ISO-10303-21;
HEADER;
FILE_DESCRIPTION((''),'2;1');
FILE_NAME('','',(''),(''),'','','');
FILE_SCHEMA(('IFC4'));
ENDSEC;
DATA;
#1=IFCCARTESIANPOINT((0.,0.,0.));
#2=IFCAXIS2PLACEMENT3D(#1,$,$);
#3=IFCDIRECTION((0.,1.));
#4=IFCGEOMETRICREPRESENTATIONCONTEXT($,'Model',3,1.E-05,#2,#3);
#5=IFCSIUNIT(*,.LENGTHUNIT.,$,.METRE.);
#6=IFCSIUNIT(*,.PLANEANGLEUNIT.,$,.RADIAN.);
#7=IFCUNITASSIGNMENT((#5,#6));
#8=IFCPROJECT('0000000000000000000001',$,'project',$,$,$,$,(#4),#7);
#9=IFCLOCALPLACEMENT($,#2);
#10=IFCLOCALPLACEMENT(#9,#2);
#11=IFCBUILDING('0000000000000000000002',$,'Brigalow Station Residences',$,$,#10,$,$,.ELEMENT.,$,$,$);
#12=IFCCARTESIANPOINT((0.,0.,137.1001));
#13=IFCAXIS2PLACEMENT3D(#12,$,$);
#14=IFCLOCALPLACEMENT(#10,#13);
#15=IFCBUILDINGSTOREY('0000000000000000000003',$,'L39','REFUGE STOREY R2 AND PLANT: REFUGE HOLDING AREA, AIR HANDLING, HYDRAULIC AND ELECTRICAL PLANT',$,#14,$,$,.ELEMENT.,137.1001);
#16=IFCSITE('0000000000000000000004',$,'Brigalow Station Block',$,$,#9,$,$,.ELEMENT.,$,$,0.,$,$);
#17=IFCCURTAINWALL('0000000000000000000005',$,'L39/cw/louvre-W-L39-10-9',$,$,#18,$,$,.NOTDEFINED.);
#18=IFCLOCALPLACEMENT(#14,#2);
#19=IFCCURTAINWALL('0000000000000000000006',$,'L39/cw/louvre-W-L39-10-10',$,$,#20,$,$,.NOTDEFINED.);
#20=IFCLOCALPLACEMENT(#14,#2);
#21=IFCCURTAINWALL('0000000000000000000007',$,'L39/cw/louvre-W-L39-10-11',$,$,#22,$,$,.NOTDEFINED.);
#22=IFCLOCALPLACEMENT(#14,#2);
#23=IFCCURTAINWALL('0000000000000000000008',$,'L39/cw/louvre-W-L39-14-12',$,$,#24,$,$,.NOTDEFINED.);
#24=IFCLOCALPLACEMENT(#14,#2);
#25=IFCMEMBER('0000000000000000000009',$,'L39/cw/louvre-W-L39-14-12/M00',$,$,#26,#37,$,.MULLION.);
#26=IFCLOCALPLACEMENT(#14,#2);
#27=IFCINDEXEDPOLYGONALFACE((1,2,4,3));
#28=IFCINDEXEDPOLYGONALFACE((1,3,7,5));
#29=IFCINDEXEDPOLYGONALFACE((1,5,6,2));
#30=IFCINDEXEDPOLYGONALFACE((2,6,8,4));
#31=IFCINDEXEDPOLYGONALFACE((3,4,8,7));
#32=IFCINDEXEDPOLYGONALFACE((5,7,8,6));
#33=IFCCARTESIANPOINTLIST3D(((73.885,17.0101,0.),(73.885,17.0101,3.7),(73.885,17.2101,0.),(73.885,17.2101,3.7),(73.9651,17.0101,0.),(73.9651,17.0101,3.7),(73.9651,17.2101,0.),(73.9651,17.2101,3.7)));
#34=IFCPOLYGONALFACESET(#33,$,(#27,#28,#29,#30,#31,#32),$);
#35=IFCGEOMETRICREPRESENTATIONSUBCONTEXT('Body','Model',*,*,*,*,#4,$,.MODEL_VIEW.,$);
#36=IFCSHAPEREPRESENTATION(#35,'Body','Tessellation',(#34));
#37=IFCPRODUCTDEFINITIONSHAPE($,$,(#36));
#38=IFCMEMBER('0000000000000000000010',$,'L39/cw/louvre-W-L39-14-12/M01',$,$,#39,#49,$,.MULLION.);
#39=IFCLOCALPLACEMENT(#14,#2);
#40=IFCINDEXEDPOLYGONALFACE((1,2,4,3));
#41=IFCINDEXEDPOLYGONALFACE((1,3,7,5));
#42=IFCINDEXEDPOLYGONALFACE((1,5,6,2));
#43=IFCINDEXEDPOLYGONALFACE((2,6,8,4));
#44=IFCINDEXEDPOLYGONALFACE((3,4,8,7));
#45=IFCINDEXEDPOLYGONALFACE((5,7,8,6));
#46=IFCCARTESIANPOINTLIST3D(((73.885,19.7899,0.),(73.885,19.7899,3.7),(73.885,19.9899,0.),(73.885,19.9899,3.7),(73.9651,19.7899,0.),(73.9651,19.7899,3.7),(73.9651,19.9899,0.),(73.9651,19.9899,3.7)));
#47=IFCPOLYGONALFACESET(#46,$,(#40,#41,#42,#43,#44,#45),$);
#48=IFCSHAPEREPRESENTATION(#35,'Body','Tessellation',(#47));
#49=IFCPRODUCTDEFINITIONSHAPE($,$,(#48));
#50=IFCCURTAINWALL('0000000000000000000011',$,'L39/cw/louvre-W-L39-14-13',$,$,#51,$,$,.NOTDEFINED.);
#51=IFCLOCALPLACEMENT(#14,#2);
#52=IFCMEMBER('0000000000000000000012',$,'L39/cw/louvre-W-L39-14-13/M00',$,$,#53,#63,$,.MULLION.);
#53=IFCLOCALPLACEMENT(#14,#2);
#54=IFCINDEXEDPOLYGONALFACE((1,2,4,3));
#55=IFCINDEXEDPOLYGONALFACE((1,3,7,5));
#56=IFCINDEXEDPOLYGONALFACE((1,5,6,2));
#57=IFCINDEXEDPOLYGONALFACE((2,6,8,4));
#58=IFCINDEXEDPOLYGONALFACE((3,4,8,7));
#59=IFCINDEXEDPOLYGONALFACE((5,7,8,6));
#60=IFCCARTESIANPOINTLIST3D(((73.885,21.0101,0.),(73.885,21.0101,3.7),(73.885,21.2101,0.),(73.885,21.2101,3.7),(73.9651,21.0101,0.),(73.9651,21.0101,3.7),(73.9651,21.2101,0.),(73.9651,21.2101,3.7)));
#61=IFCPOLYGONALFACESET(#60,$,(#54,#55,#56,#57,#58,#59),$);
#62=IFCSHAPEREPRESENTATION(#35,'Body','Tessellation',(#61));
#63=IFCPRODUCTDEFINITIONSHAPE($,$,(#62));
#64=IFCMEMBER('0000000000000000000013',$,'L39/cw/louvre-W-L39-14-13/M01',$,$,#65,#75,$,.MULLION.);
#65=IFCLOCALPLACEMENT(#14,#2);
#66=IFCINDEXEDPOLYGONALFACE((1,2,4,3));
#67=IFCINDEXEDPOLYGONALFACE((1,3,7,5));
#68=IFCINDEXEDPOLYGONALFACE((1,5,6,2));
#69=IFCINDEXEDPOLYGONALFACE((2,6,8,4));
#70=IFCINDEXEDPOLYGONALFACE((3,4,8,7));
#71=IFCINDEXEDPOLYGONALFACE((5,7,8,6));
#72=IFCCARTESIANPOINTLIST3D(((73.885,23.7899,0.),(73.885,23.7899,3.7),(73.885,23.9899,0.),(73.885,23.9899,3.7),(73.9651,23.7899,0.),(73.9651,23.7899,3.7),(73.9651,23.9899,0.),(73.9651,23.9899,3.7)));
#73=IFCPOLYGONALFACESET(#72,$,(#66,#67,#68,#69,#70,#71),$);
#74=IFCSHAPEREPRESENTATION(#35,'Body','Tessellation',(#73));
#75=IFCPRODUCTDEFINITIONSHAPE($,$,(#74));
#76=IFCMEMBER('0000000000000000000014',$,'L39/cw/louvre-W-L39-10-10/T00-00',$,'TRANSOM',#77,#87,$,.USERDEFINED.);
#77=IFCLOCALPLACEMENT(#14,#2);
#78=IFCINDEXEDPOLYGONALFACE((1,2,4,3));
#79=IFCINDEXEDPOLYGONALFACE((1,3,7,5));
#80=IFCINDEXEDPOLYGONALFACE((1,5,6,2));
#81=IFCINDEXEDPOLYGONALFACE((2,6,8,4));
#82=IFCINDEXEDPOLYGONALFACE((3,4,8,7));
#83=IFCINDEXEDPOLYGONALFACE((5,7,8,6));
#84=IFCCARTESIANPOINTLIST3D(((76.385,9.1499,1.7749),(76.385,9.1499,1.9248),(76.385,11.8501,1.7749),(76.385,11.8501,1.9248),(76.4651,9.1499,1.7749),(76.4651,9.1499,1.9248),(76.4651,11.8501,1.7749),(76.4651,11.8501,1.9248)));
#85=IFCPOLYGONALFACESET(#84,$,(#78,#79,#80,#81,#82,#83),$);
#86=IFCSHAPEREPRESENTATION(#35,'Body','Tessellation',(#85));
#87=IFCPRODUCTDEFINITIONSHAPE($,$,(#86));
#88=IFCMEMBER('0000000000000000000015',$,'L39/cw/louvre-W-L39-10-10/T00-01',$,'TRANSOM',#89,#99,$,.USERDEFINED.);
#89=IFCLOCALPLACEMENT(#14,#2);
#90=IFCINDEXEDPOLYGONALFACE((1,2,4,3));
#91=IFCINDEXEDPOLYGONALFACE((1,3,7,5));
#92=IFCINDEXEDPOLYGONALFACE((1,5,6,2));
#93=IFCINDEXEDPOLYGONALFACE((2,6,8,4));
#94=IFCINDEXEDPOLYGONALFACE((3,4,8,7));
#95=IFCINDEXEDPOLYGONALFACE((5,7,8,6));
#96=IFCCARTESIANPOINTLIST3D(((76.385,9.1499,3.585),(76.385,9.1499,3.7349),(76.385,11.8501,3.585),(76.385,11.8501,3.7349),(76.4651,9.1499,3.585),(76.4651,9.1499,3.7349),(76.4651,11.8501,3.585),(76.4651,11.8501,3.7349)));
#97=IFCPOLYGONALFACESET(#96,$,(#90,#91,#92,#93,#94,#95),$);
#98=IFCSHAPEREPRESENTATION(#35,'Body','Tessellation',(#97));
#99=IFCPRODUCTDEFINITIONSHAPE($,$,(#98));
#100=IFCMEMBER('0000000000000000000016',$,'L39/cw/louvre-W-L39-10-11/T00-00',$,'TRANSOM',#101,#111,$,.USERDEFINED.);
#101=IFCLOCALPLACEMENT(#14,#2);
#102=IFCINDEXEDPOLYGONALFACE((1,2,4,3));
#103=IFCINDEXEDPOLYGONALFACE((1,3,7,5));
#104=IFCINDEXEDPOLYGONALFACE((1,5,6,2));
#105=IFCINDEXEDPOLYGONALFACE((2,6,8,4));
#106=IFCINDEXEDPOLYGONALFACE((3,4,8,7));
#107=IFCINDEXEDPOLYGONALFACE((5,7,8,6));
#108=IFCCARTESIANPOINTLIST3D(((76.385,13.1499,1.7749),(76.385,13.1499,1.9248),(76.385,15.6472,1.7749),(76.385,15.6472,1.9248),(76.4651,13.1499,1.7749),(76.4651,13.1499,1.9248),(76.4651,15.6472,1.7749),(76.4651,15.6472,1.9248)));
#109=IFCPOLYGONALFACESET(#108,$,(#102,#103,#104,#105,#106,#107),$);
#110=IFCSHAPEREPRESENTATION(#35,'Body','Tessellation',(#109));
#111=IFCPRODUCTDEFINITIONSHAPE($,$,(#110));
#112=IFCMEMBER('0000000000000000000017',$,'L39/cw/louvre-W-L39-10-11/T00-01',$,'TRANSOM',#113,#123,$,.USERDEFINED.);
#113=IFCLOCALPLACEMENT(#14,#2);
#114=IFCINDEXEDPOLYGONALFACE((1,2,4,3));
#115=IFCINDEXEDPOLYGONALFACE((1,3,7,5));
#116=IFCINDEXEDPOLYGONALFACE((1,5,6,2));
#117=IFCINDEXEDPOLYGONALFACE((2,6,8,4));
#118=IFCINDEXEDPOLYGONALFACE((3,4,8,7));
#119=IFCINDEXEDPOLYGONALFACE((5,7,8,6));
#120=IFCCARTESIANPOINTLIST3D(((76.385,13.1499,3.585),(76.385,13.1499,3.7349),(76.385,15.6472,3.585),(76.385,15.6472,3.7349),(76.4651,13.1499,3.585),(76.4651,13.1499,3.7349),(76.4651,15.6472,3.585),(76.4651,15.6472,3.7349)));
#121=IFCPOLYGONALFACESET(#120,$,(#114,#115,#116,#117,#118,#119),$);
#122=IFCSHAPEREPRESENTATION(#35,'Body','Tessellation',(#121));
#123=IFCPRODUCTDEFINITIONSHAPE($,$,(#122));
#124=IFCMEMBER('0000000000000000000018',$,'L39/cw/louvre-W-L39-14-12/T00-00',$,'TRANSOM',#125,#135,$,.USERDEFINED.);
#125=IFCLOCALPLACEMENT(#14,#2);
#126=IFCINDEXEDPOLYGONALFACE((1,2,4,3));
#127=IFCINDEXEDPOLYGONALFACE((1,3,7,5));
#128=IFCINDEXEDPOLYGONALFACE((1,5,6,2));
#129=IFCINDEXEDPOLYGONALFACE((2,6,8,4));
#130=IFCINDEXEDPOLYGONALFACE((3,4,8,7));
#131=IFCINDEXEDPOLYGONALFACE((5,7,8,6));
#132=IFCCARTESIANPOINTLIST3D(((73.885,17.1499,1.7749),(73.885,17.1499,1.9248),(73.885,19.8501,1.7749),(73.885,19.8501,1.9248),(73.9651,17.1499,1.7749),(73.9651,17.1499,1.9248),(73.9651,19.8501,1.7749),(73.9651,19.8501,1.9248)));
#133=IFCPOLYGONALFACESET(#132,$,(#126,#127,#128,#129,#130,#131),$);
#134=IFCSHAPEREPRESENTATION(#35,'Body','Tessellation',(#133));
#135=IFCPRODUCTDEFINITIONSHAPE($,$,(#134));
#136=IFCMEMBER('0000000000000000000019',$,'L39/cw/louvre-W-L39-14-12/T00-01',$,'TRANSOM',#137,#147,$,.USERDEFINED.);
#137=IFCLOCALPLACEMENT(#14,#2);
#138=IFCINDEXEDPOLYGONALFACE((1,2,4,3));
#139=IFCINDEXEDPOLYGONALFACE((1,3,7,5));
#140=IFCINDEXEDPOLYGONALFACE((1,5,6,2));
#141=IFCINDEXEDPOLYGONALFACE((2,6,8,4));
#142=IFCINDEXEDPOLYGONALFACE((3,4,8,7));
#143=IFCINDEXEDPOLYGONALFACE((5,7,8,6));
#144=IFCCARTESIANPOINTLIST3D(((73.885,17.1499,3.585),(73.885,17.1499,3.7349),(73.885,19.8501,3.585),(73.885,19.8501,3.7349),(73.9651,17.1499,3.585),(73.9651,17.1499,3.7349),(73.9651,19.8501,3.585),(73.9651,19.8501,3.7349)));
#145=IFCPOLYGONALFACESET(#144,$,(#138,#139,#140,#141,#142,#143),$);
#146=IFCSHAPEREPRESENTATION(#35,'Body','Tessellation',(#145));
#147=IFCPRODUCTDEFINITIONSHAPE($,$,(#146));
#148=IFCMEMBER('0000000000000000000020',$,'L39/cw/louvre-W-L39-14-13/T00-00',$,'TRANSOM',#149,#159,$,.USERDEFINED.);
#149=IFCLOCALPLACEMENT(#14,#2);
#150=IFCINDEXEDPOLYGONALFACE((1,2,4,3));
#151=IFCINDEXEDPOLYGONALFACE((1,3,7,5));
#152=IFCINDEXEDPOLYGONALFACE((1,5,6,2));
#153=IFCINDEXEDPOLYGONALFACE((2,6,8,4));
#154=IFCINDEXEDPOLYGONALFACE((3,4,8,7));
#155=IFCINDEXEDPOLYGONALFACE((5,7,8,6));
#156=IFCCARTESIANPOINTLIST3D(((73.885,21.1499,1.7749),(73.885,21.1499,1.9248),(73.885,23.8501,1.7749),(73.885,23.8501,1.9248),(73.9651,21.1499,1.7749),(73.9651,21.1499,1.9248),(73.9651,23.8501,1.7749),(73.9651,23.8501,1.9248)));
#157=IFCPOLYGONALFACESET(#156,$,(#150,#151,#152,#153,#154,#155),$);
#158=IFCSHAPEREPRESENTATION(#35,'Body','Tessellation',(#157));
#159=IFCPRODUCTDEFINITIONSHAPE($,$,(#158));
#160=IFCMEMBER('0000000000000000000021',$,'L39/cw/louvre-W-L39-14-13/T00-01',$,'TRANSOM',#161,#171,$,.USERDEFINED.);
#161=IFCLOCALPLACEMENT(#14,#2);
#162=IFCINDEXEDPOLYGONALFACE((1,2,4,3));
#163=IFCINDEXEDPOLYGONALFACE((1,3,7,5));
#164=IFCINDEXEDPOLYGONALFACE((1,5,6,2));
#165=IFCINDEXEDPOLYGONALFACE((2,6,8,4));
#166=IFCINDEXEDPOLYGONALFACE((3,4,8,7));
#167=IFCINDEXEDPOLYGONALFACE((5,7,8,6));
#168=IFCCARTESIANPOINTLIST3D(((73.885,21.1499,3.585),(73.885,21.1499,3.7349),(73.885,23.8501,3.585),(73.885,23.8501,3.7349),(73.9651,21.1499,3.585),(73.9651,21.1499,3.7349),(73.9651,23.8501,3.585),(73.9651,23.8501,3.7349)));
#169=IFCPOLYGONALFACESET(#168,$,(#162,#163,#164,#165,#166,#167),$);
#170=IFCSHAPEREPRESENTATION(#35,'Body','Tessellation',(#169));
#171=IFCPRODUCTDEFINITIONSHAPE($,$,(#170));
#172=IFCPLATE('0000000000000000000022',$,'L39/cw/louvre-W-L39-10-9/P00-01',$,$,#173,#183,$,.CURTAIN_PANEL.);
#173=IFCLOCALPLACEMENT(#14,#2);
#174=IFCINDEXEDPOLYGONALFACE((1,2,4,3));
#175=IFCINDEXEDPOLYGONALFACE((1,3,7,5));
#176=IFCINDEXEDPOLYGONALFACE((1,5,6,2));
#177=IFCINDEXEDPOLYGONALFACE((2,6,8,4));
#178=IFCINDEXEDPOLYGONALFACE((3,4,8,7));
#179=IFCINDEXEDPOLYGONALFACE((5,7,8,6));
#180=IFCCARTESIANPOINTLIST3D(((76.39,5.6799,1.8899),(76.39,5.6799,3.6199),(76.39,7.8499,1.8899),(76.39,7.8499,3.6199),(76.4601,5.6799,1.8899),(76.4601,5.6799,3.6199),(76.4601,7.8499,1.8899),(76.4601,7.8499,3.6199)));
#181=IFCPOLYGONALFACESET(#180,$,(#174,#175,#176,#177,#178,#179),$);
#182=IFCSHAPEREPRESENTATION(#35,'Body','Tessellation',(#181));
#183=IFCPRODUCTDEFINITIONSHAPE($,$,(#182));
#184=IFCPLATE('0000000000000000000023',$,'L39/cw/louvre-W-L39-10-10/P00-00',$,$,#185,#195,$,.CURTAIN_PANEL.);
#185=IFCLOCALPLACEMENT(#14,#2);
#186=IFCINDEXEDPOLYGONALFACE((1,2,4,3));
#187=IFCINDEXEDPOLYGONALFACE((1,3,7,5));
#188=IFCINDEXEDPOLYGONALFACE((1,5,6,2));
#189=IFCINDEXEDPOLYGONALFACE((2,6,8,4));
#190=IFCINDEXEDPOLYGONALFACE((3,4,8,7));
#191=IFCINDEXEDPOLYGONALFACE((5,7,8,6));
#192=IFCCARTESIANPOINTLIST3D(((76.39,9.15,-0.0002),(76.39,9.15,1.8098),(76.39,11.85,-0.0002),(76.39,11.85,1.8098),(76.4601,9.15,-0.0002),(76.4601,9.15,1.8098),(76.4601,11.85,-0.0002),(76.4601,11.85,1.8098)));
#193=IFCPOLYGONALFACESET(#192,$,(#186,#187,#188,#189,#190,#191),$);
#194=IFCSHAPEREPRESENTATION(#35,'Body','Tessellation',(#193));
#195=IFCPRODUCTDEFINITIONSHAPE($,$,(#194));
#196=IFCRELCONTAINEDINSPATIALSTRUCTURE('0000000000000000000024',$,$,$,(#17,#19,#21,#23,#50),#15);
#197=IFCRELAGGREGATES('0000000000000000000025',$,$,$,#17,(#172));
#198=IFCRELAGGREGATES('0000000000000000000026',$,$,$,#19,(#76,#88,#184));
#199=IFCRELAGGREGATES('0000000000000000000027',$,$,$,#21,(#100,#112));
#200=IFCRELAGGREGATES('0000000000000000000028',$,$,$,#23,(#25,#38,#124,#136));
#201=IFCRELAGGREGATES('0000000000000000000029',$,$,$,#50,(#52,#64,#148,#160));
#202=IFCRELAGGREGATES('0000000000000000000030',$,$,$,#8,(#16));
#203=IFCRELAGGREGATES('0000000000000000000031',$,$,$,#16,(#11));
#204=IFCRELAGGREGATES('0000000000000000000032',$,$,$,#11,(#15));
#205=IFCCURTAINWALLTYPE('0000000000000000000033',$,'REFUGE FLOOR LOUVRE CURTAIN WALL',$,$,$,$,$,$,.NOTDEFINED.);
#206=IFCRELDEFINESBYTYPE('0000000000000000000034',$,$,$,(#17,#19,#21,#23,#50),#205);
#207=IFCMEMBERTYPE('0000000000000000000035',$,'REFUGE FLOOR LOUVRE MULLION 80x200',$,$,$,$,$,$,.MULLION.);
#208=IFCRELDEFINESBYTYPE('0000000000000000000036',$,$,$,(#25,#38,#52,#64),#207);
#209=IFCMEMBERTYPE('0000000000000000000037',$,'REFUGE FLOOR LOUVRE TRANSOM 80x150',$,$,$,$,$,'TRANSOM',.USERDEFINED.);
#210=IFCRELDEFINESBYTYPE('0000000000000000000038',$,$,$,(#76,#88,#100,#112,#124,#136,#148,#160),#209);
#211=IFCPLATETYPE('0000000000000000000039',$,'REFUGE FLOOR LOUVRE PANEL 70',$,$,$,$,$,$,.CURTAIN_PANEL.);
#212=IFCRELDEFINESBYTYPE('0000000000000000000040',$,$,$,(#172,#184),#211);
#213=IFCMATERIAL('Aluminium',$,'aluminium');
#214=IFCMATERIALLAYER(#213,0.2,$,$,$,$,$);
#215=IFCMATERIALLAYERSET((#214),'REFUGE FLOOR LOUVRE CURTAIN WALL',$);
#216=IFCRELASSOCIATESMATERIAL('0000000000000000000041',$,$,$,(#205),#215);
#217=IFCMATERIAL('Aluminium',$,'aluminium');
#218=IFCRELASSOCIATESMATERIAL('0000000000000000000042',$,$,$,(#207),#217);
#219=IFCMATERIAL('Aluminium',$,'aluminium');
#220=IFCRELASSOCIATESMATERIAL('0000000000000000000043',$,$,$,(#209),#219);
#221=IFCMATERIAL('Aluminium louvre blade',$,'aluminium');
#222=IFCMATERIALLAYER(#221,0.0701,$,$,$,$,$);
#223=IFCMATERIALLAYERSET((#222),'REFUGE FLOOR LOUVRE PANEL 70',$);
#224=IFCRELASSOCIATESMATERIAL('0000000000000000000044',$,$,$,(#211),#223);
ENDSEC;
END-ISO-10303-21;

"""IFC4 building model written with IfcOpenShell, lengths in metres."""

from ifc_helpers import new_model, si_unit, direction, frame, origin, origin_2d, place, context, subcontext, project, spatial, rectangle, extrude, material, layer, layer_set, material_profile, profile_set, type_object, element, aggregate, save


model = new_model("IFC4")

# Units and contexts
model_context = context("Model", 3, precision=1e-05, world=origin(), true_north=direction((0.0, 1.0)))
body_context = subcontext(model_context, "Body", "Model", "MODEL_VIEW")
ifc_project = project(units=[si_unit("LENGTHUNIT", "METRE"), si_unit("PLANEANGLEUNIT", "RADIAN")], contexts=[model_context])

# Site, building, storey
site_placement = place(None, origin())
site = spatial("IfcSite", under=ifc_project, at=site_placement, Name="Brigalow Station Block", CompositionType="ELEMENT", RefElevation=0.0)
building_placement = place(site_placement, origin())
building = spatial("IfcBuilding", under=site, at=building_placement, Name="Brigalow Station Residences", CompositionType="ELEMENT")
storey_placement = place(building_placement, frame((0.0, 0.0, 137.1001)))
storey = spatial("IfcBuildingStorey", under=building, at=storey_placement, Name="L39", Description="REFUGE STOREY R2 AND PLANT: REFUGE HOLDING AREA, AIR HANDLING, HYDRAULIC AND ELECTRICAL PLANT", CompositionType="ELEMENT", Elevation=137.1001)

# Curtain wall
ifc_material_1 = material(Name="Aluminium", Category="aluminium")
ifc_layer_1 = layer(ifc_material_1, 0.2)
ifc_layer_set_1 = layer_set([ifc_layer_1], Name="REFUGE FLOOR LOUVRE CURTAIN WALL")
curtain_wall_type = type_object("IfcCurtainWallType", Name="REFUGE FLOOR LOUVRE CURTAIN WALL", PredefinedType="NOTDEFINED", material=ifc_layer_set_1)
curtain_wall_1_placement = place(storey_placement, origin())
curtain_wall_1 = element("IfcCurtainWall", 1, at=curtain_wall_1_placement, inside=storey, type_object=curtain_wall_type, Name="L39/cw/louvre-W-L39-10-9", PredefinedType="NOTDEFINED")
ifc_material_2 = material(Name="Aluminium", Category="aluminium")
ifc_material_profile_1 = material_profile(ifc_material_2, rectangle(XDim=0.0801, YDim=0.2, at=origin_2d()), Name="REFUGE FLOOR LOUVRE MULLION 80x200")
ifc_profile_set_1 = profile_set([ifc_material_profile_1], Name="Aluminium")
member_type_1 = type_object("IfcMemberType", Name="REFUGE FLOOR LOUVRE MULLION 80x200", PredefinedType="MULLION", material=ifc_profile_set_1)

# Curtain walls, members
curtain_wall_2_placement = place(storey_placement, origin())
curtain_wall_2 = element("IfcCurtainWall", 2, at=curtain_wall_2_placement, inside=storey, type_object=curtain_wall_type, Name="L39/cw/louvre-W-L39-10-10", PredefinedType="NOTDEFINED")
curtain_wall_3_placement = place(storey_placement, origin())
curtain_wall_3 = element("IfcCurtainWall", 3, at=curtain_wall_3_placement, inside=storey, type_object=curtain_wall_type, Name="L39/cw/louvre-W-L39-10-11", PredefinedType="NOTDEFINED")
curtain_wall_4_placement = place(storey_placement, origin())
curtain_wall_4 = element("IfcCurtainWall", 4, at=curtain_wall_4_placement, inside=storey, type_object=curtain_wall_type, Name="L39/cw/louvre-W-L39-14-12", PredefinedType="NOTDEFINED")
member_1_placement = place(storey_placement, frame((73.925, 17.1101, 0.0), z_axis=(0.0, 0.0, 1.0), x_axis=(-1.0, 0.0, 0.0)))
member_1 = element("IfcMember", 5, at=member_1_placement, type_object=member_type_1, Name="L39/cw/louvre-W-L39-14-12/M00", PredefinedType="MULLION", context=body_context, shape_type="SweptSolid", body=[
    extrude(rectangle(XDim=0.0801, YDim=0.2, at=origin_2d()), origin(), (0.0, 0.0, 1.0), 3.7),
])
member_2_placement = place(storey_placement, frame((73.925, 19.8899, 0.0), z_axis=(0.0, 0.0, 1.0), x_axis=(-1.0, 0.0, 0.0)))
member_2 = element("IfcMember", 6, at=member_2_placement, type_object=member_type_1, Name="L39/cw/louvre-W-L39-14-12/M01", PredefinedType="MULLION", context=body_context, shape_type="SweptSolid", body=[
    extrude(rectangle(XDim=0.0801, YDim=0.2, at=origin_2d()), origin(), (0.0, 0.0, 1.0), 3.7),
])
curtain_wall_5_placement = place(storey_placement, origin())
curtain_wall_5 = element("IfcCurtainWall", 7, at=curtain_wall_5_placement, inside=storey, type_object=curtain_wall_type, Name="L39/cw/louvre-W-L39-14-13", PredefinedType="NOTDEFINED")
member_3_placement = place(storey_placement, frame((73.925, 21.1101, 0.0), z_axis=(0.0, 0.0, 1.0), x_axis=(-1.0, 0.0, 0.0)))
member_3 = element("IfcMember", 8, at=member_3_placement, type_object=member_type_1, Name="L39/cw/louvre-W-L39-14-13/M00", PredefinedType="MULLION", context=body_context, shape_type="SweptSolid", body=[
    extrude(rectangle(XDim=0.0801, YDim=0.2, at=origin_2d()), origin(), (0.0, 0.0, 1.0), 3.7),
])
member_4_placement = place(storey_placement, frame((73.925, 23.8899, 0.0), z_axis=(0.0, 0.0, 1.0), x_axis=(-1.0, 0.0, 0.0)))
member_4 = element("IfcMember", 9, at=member_4_placement, type_object=member_type_1, Name="L39/cw/louvre-W-L39-14-13/M01", PredefinedType="MULLION", context=body_context, shape_type="SweptSolid", body=[
    extrude(rectangle(XDim=0.0801, YDim=0.2, at=origin_2d()), origin(), (0.0, 0.0, 1.0), 3.7),
])

# Members
ifc_material_3 = material(Name="Aluminium", Category="aluminium")
ifc_material_profile_2 = material_profile(ifc_material_3, rectangle(XDim=0.0801, YDim=0.1499, at=origin_2d()), Name="REFUGE FLOOR LOUVRE TRANSOM 80x150")
ifc_profile_set_2 = profile_set([ifc_material_profile_2], Name="Aluminium")
member_type_2 = type_object("IfcMemberType", Name="REFUGE FLOOR LOUVRE TRANSOM 80x150", ElementType="TRANSOM", PredefinedType="USERDEFINED", material=ifc_profile_set_2)
member_5_placement = place(storey_placement, frame((76.425, 9.1499, 1.8499), z_axis=(0.0, 1.0, 0.0), x_axis=(-1.0, 0.0, 0.0)))
member_5 = element("IfcMember", 10, at=member_5_placement, type_object=member_type_2, Name="L39/cw/louvre-W-L39-10-10/T00-00", ObjectType="TRANSOM", PredefinedType="USERDEFINED", context=body_context, shape_type="SweptSolid", body=[
    extrude(rectangle(XDim=0.0801, YDim=0.1499, at=origin_2d()), origin(), (0.0, 0.0, 1.0), 2.7002),
])
member_6_placement = place(storey_placement, frame((76.425, 9.1499, 3.6599), z_axis=(0.0, 1.0, 0.0), x_axis=(-1.0, 0.0, 0.0)))
member_6 = element("IfcMember", 11, at=member_6_placement, type_object=member_type_2, Name="L39/cw/louvre-W-L39-10-10/T00-01", ObjectType="TRANSOM", PredefinedType="USERDEFINED", context=body_context, shape_type="SweptSolid", body=[
    extrude(rectangle(XDim=0.0801, YDim=0.1499, at=origin_2d()), origin(), (0.0, 0.0, 1.0), 2.7002),
])
member_7_placement = place(storey_placement, frame((76.425, 13.1499, 1.8499), z_axis=(0.0, 1.0, 0.0), x_axis=(-1.0, 0.0, 0.0)))
member_7 = element("IfcMember", 12, at=member_7_placement, type_object=member_type_2, Name="L39/cw/louvre-W-L39-10-11/T00-00", ObjectType="TRANSOM", PredefinedType="USERDEFINED", context=body_context, shape_type="SweptSolid", body=[
    extrude(rectangle(XDim=0.0801, YDim=0.1499, at=origin_2d()), origin(), (0.0, 0.0, 1.0), 2.4973),
])
member_8_placement = place(storey_placement, frame((76.425, 13.1499, 3.6599), z_axis=(0.0, 1.0, 0.0), x_axis=(-1.0, 0.0, 0.0)))
member_8 = element("IfcMember", 13, at=member_8_placement, type_object=member_type_2, Name="L39/cw/louvre-W-L39-10-11/T00-01", ObjectType="TRANSOM", PredefinedType="USERDEFINED", context=body_context, shape_type="SweptSolid", body=[
    extrude(rectangle(XDim=0.0801, YDim=0.1499, at=origin_2d()), origin(), (0.0, 0.0, 1.0), 2.4973),
])
member_9_placement = place(storey_placement, frame((73.925, 17.1499, 1.8499), z_axis=(0.0, 1.0, 0.0), x_axis=(-1.0, 0.0, 0.0)))
member_9 = element("IfcMember", 14, at=member_9_placement, type_object=member_type_2, Name="L39/cw/louvre-W-L39-14-12/T00-00", ObjectType="TRANSOM", PredefinedType="USERDEFINED", context=body_context, shape_type="SweptSolid", body=[
    extrude(rectangle(XDim=0.0801, YDim=0.1499, at=origin_2d()), origin(), (0.0, 0.0, 1.0), 2.7002),
])
member_10_placement = place(storey_placement, frame((73.925, 17.1499, 3.6599), z_axis=(0.0, 1.0, 0.0), x_axis=(-1.0, 0.0, 0.0)))
member_10 = element("IfcMember", 15, at=member_10_placement, type_object=member_type_2, Name="L39/cw/louvre-W-L39-14-12/T00-01", ObjectType="TRANSOM", PredefinedType="USERDEFINED", context=body_context, shape_type="SweptSolid", body=[
    extrude(rectangle(XDim=0.0801, YDim=0.1499, at=origin_2d()), origin(), (0.0, 0.0, 1.0), 2.7002),
])
member_11_placement = place(storey_placement, frame((73.925, 21.1499, 1.8499), z_axis=(0.0, 1.0, 0.0), x_axis=(-1.0, 0.0, 0.0)))
member_11 = element("IfcMember", 16, at=member_11_placement, type_object=member_type_2, Name="L39/cw/louvre-W-L39-14-13/T00-00", ObjectType="TRANSOM", PredefinedType="USERDEFINED", context=body_context, shape_type="SweptSolid", body=[
    extrude(rectangle(XDim=0.0801, YDim=0.1499, at=origin_2d()), origin(), (0.0, 0.0, 1.0), 2.7002),
])
member_12_placement = place(storey_placement, frame((73.925, 21.1499, 3.6599), z_axis=(0.0, 1.0, 0.0), x_axis=(-1.0, 0.0, 0.0)))
member_12 = element("IfcMember", 17, at=member_12_placement, type_object=member_type_2, Name="L39/cw/louvre-W-L39-14-13/T00-01", ObjectType="TRANSOM", PredefinedType="USERDEFINED", context=body_context, shape_type="SweptSolid", body=[
    extrude(rectangle(XDim=0.0801, YDim=0.1499, at=origin_2d()), origin(), (0.0, 0.0, 1.0), 2.7002),
])

# Plates
ifc_material_4 = material(Name="Aluminium louvre blade", Category="aluminium")
ifc_layer_2 = layer(ifc_material_4, 0.0701)
ifc_layer_set_2 = layer_set([ifc_layer_2], Name="REFUGE FLOOR LOUVRE PANEL 70")
plate_type = type_object("IfcPlateType", Name="REFUGE FLOOR LOUVRE PANEL 70", PredefinedType="CURTAIN_PANEL", material=ifc_layer_set_2)
plate_1_placement = place(storey_placement, frame((76.425, 6.7649, 1.8899), z_axis=(0.0, 0.0, 1.0), x_axis=(0.0, 1.0, 0.0)))
plate_1 = element("IfcPlate", 18, at=plate_1_placement, type_object=plate_type, Name="L39/cw/louvre-W-L39-10-9/P00-01", PredefinedType="CURTAIN_PANEL", context=body_context, shape_type="SweptSolid", body=[
    extrude(rectangle(XDim=2.1699, YDim=0.0701, at=origin_2d()), origin(), (0.0, 0.0, 1.0), 1.73),
])
aggregate(curtain_wall_1, [plate_1])
plate_2_placement = place(storey_placement, frame((76.425, 10.5, -0.0002), z_axis=(0.0, 0.0, 1.0), x_axis=(0.0, 1.0, 0.0)))
plate_2 = element("IfcPlate", 19, at=plate_2_placement, type_object=plate_type, Name="L39/cw/louvre-W-L39-10-10/P00-00", PredefinedType="CURTAIN_PANEL", context=body_context, shape_type="SweptSolid", body=[
    extrude(rectangle(XDim=2.7, YDim=0.0701, at=origin_2d()), origin(), (0.0, 0.0, 1.0), 1.8101),
])
aggregate(curtain_wall_2, [member_5, member_6, plate_2])
aggregate(curtain_wall_3, [member_7, member_8])
aggregate(curtain_wall_4, [member_1, member_2, member_9, member_10])
aggregate(curtain_wall_5, [member_3, member_4, member_11, member_12])

save(model, "model.ifc")
